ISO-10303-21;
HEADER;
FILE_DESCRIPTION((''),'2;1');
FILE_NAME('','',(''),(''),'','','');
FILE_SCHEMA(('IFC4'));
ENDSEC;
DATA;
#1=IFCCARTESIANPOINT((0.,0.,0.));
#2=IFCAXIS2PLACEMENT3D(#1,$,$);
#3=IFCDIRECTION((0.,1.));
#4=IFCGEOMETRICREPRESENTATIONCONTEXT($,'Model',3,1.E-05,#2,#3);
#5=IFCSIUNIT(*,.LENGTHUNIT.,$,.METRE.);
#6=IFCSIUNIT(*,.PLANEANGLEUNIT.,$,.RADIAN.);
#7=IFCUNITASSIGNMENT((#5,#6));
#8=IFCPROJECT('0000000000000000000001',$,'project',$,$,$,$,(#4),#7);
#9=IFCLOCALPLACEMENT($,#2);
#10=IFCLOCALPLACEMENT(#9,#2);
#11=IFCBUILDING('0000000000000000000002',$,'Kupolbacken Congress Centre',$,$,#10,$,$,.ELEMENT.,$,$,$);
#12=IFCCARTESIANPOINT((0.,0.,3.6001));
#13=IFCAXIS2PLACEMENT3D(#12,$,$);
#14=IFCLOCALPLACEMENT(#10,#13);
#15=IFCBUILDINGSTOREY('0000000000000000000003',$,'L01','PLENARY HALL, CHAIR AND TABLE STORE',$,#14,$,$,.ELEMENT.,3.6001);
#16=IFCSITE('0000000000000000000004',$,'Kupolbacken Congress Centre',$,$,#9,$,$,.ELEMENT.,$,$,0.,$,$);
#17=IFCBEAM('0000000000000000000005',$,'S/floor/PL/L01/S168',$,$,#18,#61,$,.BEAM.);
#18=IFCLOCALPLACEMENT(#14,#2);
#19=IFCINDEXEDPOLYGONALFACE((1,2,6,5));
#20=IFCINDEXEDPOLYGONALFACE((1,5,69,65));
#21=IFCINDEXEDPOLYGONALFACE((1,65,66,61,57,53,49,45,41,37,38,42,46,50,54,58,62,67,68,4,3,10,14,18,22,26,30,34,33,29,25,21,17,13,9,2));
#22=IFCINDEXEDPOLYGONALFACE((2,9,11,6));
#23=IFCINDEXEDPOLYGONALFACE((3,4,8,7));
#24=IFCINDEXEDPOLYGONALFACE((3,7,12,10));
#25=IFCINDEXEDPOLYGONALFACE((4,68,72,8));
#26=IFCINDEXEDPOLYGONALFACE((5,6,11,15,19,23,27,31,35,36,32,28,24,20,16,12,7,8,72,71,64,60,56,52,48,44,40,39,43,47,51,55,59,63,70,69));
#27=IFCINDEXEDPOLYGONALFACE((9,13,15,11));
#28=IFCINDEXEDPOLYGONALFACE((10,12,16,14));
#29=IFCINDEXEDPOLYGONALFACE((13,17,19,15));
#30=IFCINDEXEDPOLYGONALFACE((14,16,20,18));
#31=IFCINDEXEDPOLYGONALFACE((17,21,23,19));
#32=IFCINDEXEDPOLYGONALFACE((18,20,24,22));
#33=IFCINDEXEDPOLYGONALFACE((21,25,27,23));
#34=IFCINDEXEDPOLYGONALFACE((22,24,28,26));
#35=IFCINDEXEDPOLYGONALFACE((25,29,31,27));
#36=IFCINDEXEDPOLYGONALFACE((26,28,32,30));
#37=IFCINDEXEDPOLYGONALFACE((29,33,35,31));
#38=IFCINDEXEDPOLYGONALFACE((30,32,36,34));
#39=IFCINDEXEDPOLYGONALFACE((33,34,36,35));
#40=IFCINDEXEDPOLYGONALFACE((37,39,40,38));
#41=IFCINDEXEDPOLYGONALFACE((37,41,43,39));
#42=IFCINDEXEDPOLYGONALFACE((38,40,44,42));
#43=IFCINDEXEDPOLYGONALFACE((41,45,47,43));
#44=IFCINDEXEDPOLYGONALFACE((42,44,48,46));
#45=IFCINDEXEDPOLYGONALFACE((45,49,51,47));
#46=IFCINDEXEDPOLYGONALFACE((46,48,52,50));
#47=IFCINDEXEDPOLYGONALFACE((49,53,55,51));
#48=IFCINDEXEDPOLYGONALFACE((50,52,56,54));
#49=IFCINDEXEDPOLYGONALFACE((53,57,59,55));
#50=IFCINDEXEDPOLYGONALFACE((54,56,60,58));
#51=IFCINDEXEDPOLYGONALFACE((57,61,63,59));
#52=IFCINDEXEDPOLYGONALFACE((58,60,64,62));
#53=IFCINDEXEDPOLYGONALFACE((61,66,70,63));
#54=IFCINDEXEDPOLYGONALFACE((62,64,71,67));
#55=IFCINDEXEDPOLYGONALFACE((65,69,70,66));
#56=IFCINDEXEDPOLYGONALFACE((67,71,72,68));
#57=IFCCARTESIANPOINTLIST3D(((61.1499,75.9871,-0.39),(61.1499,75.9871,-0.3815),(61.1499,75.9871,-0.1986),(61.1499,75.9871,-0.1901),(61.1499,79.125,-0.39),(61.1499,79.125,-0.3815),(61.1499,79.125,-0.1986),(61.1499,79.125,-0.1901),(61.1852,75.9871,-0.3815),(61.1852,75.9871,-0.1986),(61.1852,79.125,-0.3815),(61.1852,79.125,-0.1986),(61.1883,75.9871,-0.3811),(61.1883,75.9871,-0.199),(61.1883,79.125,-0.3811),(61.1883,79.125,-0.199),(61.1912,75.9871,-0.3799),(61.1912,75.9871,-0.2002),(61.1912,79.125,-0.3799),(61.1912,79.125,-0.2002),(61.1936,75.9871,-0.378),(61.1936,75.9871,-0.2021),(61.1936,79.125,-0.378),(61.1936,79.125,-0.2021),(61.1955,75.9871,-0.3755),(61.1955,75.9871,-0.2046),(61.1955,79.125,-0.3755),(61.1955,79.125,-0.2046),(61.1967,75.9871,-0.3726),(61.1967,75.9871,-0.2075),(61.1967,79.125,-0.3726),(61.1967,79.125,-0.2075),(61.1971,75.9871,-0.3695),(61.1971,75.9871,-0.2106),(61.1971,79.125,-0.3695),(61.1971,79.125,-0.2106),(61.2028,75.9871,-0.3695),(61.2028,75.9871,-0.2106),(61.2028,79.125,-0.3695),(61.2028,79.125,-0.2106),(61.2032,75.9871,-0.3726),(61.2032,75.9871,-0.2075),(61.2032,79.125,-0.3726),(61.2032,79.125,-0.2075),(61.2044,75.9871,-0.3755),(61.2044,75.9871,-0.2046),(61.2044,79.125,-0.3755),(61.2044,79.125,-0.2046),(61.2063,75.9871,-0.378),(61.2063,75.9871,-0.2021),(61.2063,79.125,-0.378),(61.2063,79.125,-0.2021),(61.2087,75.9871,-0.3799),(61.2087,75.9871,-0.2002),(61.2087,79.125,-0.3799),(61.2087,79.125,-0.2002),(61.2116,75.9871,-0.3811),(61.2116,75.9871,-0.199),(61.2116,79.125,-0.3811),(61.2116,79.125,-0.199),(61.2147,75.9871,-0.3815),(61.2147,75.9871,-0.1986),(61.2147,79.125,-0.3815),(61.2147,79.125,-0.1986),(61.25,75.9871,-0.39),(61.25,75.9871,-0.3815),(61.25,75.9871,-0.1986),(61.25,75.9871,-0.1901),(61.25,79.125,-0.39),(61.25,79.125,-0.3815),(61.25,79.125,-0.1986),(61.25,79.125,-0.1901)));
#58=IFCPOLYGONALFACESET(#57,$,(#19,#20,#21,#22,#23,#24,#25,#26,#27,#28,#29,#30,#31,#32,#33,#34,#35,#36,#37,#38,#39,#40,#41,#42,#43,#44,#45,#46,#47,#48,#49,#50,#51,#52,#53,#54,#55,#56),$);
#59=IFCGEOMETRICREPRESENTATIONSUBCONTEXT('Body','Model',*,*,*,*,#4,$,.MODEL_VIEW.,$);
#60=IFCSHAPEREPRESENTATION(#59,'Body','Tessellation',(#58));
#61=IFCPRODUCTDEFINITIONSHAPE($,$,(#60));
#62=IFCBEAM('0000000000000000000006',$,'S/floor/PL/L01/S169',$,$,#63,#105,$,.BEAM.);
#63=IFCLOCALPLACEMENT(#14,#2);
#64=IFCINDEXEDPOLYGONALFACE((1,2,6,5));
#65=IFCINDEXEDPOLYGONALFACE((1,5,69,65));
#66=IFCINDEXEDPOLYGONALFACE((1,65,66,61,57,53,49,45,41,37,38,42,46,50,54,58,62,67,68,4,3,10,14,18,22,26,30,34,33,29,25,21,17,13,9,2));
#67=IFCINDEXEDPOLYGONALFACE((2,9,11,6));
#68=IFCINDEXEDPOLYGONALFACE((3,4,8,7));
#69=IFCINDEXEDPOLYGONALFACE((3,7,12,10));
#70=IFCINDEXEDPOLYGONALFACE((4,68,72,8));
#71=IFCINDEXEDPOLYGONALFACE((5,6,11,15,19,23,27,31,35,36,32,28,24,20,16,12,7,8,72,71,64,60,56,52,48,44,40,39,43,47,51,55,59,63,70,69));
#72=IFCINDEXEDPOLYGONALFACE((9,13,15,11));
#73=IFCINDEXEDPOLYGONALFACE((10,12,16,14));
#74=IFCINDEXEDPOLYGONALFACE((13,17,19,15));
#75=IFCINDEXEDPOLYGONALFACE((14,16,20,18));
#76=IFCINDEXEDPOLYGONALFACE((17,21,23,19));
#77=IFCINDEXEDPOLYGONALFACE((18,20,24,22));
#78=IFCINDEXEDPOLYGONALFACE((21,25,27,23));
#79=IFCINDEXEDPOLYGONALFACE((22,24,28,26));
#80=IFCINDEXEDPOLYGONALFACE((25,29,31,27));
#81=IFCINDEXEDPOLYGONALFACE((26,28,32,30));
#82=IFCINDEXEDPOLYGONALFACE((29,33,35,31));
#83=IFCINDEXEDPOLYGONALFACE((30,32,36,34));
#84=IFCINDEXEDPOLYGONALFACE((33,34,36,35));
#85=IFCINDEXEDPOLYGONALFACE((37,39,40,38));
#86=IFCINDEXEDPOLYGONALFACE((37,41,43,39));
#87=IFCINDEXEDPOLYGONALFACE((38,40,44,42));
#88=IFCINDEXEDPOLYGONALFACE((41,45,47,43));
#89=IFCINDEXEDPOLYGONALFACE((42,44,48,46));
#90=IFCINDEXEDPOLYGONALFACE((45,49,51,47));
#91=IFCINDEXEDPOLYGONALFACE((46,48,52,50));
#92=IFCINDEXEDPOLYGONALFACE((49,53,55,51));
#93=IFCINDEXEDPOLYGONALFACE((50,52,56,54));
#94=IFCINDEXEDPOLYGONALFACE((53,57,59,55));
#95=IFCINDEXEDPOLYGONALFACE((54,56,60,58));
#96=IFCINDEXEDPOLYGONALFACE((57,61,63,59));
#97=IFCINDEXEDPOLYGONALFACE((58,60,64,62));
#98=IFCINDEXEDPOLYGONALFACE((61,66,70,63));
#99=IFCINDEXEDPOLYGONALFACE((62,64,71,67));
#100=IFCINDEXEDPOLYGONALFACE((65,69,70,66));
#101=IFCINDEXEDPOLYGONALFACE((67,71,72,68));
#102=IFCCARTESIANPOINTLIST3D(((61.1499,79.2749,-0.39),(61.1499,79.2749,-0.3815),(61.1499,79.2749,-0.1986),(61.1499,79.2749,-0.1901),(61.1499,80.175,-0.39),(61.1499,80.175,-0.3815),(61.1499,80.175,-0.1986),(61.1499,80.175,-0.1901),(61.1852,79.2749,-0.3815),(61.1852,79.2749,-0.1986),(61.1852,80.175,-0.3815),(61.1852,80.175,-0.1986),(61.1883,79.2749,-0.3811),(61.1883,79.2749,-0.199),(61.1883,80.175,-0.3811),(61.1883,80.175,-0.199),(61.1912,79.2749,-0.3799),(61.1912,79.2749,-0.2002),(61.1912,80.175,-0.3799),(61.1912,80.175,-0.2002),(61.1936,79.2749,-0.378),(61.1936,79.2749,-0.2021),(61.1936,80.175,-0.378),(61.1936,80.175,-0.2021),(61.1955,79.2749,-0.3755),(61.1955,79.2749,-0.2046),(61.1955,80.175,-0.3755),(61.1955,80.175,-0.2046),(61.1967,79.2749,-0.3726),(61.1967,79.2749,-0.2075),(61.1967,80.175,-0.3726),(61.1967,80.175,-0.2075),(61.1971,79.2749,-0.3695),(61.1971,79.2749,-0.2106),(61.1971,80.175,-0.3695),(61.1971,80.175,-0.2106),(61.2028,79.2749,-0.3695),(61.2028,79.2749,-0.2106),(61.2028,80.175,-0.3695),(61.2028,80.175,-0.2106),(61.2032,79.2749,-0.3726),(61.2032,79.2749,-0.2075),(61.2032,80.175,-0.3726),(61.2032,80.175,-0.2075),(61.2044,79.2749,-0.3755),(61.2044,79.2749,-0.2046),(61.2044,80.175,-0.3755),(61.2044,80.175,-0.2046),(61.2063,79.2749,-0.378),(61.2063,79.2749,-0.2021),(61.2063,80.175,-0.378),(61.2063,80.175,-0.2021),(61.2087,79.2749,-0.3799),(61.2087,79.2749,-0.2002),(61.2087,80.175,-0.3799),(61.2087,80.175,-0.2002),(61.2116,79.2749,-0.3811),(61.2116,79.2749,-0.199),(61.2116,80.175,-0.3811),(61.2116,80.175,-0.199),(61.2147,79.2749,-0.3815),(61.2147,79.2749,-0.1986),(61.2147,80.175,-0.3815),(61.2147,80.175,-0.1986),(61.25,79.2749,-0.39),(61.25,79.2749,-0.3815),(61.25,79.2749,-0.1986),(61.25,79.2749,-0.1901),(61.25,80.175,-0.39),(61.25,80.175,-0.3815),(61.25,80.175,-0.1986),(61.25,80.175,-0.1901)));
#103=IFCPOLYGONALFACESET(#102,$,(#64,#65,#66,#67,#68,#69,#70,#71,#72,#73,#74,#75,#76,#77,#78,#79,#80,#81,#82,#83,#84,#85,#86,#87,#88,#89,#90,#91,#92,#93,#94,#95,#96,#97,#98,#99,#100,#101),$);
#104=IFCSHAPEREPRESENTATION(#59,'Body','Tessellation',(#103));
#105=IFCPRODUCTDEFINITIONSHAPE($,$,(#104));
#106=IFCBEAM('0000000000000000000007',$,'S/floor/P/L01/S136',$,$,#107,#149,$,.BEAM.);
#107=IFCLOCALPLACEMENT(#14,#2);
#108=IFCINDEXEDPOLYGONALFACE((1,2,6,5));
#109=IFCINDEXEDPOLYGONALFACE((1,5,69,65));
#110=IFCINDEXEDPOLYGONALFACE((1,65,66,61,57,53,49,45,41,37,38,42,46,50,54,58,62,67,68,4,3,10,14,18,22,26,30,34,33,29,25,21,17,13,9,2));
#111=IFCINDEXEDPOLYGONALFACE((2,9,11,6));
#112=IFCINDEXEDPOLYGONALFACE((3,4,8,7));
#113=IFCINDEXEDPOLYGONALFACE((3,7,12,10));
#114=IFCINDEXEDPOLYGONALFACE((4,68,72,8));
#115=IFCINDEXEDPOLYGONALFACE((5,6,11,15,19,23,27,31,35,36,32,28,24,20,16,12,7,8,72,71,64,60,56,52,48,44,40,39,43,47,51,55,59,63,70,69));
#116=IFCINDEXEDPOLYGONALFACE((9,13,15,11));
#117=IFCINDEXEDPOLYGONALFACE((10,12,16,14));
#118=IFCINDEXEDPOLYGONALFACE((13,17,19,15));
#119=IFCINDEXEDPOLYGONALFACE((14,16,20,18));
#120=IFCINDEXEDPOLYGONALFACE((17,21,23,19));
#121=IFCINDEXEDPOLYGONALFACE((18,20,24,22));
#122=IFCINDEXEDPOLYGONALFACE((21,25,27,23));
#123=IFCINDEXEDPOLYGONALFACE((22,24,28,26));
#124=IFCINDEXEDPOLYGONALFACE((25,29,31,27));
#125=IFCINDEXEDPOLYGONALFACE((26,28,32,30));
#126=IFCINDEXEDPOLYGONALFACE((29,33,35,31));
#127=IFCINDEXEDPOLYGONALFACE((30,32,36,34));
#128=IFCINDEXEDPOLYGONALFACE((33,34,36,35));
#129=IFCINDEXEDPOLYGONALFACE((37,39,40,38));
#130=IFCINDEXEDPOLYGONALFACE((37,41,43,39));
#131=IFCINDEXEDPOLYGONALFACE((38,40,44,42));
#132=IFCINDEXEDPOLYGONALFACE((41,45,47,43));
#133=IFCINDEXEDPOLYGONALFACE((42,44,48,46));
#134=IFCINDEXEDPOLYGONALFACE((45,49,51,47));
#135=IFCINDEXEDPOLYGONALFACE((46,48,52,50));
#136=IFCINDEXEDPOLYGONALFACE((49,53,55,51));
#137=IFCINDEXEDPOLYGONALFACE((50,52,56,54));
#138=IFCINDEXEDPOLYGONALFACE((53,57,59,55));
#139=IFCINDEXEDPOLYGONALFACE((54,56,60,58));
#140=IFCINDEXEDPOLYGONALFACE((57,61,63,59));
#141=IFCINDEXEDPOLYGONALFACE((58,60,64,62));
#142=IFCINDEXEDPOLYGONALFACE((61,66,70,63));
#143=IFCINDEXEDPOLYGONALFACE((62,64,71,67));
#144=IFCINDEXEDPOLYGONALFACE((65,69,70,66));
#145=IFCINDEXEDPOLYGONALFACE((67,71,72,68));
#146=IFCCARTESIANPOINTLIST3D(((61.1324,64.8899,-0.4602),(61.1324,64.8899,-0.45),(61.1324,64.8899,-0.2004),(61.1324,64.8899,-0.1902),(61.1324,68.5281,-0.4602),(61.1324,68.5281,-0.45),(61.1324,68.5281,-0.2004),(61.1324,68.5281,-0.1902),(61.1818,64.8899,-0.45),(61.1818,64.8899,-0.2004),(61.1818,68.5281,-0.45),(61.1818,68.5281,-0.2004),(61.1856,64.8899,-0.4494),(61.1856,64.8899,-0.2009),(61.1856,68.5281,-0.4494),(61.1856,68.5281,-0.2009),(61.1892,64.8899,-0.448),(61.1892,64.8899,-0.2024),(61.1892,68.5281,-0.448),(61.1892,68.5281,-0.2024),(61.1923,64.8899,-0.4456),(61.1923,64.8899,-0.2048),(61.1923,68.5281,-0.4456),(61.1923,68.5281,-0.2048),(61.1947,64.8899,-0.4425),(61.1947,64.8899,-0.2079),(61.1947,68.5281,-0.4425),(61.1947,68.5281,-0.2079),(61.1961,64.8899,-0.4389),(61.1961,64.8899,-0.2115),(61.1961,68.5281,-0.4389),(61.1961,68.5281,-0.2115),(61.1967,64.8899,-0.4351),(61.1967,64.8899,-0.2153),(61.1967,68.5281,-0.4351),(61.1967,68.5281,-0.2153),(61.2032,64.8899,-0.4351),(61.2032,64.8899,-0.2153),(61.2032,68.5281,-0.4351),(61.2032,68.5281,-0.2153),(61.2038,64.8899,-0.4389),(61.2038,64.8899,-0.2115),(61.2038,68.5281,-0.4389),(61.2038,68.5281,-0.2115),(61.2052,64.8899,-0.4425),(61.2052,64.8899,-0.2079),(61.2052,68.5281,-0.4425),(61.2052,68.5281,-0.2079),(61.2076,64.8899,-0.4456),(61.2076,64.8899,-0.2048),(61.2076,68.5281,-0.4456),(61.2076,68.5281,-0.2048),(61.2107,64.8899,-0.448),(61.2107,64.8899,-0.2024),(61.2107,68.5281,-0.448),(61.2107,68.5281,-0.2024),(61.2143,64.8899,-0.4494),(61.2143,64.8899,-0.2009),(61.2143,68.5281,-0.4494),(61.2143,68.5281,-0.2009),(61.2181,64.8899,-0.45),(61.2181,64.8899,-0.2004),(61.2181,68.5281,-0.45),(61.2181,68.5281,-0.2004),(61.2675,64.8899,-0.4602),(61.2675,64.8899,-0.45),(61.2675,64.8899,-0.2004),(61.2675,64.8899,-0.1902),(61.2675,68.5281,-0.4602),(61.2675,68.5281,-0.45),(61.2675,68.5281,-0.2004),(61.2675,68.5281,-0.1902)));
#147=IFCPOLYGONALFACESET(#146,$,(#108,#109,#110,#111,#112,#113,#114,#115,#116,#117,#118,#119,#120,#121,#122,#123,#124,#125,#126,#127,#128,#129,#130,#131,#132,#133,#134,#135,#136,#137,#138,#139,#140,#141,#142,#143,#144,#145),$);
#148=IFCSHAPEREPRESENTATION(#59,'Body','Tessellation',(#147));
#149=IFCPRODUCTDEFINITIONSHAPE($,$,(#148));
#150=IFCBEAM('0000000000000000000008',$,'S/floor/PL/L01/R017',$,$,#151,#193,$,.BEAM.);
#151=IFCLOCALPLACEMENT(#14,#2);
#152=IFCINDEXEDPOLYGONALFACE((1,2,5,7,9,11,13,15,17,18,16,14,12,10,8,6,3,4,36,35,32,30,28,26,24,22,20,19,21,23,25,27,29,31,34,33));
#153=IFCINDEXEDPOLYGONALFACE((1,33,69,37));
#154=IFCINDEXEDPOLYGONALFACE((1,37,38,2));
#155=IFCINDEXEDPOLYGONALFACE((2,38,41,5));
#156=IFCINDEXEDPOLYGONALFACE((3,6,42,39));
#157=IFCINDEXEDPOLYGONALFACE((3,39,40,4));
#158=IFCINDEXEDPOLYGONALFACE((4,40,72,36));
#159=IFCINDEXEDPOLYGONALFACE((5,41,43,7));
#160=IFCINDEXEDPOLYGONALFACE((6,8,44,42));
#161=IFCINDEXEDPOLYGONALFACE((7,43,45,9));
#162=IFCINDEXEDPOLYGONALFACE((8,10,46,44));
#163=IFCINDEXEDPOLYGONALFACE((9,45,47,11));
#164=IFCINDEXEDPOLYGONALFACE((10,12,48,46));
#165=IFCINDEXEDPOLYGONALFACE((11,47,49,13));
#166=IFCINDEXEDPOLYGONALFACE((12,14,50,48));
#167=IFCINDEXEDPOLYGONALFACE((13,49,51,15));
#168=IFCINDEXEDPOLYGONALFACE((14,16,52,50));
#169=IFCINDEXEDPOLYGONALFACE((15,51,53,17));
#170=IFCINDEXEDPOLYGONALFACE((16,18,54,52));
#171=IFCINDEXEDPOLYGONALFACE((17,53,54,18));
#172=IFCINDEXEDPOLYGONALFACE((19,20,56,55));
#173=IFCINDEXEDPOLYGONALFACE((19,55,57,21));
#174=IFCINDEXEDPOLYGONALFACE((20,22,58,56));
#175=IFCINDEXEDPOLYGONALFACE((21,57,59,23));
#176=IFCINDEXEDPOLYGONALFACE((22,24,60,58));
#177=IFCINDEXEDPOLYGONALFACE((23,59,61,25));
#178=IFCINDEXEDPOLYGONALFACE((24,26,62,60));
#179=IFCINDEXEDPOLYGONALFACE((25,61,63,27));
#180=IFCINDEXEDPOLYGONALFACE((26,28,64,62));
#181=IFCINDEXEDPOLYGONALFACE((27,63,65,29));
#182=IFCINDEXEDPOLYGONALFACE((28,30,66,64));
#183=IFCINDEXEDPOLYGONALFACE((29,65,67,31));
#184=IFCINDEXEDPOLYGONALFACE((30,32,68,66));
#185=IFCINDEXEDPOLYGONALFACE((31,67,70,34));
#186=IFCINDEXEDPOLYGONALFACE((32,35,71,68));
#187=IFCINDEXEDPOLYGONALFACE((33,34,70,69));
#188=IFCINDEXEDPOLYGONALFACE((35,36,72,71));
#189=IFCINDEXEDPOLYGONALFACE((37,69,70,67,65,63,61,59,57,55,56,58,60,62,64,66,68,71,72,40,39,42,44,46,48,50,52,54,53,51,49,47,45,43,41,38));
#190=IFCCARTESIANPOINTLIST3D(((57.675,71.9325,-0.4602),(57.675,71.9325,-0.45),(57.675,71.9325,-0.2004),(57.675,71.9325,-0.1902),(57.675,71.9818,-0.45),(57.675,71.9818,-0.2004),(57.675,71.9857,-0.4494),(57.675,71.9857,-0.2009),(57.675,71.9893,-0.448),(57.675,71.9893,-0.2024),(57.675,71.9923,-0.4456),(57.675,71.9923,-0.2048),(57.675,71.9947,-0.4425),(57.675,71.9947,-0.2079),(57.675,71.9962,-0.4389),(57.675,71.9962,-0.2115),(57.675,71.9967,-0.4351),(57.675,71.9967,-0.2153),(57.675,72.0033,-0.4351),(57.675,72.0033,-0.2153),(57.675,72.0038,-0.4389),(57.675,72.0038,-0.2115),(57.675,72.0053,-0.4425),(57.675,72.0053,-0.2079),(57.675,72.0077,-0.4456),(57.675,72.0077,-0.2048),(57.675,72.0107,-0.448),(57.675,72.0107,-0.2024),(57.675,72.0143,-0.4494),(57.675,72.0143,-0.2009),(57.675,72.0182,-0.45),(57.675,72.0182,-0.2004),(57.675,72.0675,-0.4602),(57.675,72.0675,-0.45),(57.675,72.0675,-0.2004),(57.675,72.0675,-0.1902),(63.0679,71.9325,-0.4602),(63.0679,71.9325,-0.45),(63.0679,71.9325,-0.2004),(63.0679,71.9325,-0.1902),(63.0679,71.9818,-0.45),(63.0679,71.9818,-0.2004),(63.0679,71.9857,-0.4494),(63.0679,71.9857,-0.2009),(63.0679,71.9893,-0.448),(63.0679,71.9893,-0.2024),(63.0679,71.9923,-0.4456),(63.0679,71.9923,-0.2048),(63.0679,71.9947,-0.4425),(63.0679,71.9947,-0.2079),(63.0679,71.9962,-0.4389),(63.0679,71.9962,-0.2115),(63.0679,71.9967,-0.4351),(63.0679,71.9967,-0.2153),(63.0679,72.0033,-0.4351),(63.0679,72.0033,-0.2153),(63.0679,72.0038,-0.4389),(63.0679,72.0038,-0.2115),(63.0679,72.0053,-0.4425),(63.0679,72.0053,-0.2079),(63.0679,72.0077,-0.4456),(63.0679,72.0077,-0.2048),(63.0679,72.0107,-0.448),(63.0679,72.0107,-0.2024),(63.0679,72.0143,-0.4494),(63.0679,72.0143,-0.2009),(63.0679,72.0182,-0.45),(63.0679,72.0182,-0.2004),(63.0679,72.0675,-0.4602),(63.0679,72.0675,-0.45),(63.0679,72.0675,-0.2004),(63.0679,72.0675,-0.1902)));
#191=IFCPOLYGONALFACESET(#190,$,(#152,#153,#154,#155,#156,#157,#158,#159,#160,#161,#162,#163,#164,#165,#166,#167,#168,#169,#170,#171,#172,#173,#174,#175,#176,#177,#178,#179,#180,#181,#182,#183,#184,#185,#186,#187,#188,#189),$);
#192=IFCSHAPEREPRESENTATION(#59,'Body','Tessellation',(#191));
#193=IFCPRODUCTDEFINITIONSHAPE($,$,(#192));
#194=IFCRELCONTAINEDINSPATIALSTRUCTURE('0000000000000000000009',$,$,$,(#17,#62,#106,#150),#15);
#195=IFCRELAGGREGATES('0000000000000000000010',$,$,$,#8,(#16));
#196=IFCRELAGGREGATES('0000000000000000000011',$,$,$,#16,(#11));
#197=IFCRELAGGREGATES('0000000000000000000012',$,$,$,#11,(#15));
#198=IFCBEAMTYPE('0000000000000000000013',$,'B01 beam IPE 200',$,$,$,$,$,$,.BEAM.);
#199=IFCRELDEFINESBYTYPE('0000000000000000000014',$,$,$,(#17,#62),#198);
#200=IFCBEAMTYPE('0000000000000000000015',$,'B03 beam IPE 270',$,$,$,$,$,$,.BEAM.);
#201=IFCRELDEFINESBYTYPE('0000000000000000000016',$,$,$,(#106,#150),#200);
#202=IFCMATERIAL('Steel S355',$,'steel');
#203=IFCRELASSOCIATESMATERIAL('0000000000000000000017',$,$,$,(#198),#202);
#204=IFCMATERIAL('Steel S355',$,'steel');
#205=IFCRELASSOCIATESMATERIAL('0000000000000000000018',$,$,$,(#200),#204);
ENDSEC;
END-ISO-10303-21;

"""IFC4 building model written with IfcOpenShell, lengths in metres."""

from ifc_helpers import new_model, si_unit, direction, frame, origin, origin_2d, place, context, subcontext, project, spatial, i_section, extrude, material, material_profile, profile_set, type_object, element, save


model = new_model("IFC4")

# Units and contexts
model_context = context("Model", 3, precision=1e-05, world=origin(), true_north=direction((0.0, 1.0)))
body_context = subcontext(model_context, "Body", "Model", "MODEL_VIEW")
ifc_project = project(units=[si_unit("LENGTHUNIT", "METRE"), si_unit("PLANEANGLEUNIT", "RADIAN")], contexts=[model_context])

# Site, building, storey
site_placement = place(None, origin())
site = spatial("IfcSite", under=ifc_project, at=site_placement, Name="Kupolbacken Congress Centre", CompositionType="ELEMENT", RefElevation=0.0)
building_placement = place(site_placement, origin())
building = spatial("IfcBuilding", under=site, at=building_placement, Name="Kupolbacken Congress Centre", CompositionType="ELEMENT")
storey_placement = place(building_placement, frame((0.0, 0.0, 3.6001)))
storey = spatial("IfcBuildingStorey", under=building, at=storey_placement, Name="L01", Description="PLENARY HALL, CHAIR AND TABLE STORE", CompositionType="ELEMENT", Elevation=3.6001)

# Beams
ifc_material_1 = material(Name="Steel S355", Category="steel")
ifc_material_profile_1 = material_profile(ifc_material_1, i_section(OverallWidth=0.1001, OverallDepth=0.2, WebThickness=0.0056, FlangeThickness=0.0085, FilletRadius=0.012, at=origin_2d()), Name="IPE 200")
ifc_profile_set_1 = profile_set([ifc_material_profile_1], Name="Steel S355")
beam_type_1 = type_object("IfcBeamType", Name="B01 beam IPE 200", PredefinedType="BEAM", material=ifc_profile_set_1)
beam_1_placement = place(storey_placement, frame((61.2, 75.9871, -0.29), z_axis=(0.0, 1.0, 0.0), x_axis=(-1.0, 0.0, 0.0)))
element("IfcBeam", 1, at=beam_1_placement, inside=storey, type_object=beam_type_1, Name="S/floor/PL/L01/S168", PredefinedType="BEAM", context=body_context, shape_type="SweptSolid", body=[
    extrude(i_section(OverallWidth=0.1001, OverallDepth=0.2, WebThickness=0.0056, FlangeThickness=0.0085, FilletRadius=0.012, at=origin_2d()), origin(), (0.0, 0.0, 1.0), 3.1379),
])
beam_2_placement = place(storey_placement, frame((61.2, 79.2749, -0.29), z_axis=(0.0, 1.0, 0.0), x_axis=(-1.0, 0.0, 0.0)))
element("IfcBeam", 2, at=beam_2_placement, inside=storey, type_object=beam_type_1, Name="S/floor/PL/L01/S169", PredefinedType="BEAM", context=body_context, shape_type="SweptSolid", body=[
    extrude(i_section(OverallWidth=0.1001, OverallDepth=0.2, WebThickness=0.0056, FlangeThickness=0.0085, FilletRadius=0.012, at=origin_2d()), origin(), (0.0, 0.0, 1.0), 0.9001),
])
ifc_material_2 = material(Name="Steel S355", Category="steel")
ifc_material_profile_2 = material_profile(ifc_material_2, i_section(OverallWidth=0.135, OverallDepth=0.27, WebThickness=0.0066, FlangeThickness=0.0103, FilletRadius=0.0149, at=origin_2d()), Name="IPE 270")
ifc_profile_set_2 = profile_set([ifc_material_profile_2], Name="Steel S355")
beam_type_2 = type_object("IfcBeamType", Name="B03 beam IPE 270", PredefinedType="BEAM", material=ifc_profile_set_2)
beam_3_placement = place(storey_placement, frame((61.2, 64.8899, -0.3252), z_axis=(0.0, 1.0, 0.0), x_axis=(-1.0, 0.0, 0.0)))
element("IfcBeam", 3, at=beam_3_placement, inside=storey, type_object=beam_type_2, Name="S/floor/P/L01/S136", PredefinedType="BEAM", context=body_context, shape_type="SweptSolid", body=[
    extrude(i_section(OverallWidth=0.135, OverallDepth=0.27, WebThickness=0.0066, FlangeThickness=0.0103, FilletRadius=0.0149, at=origin_2d()), origin(), (0.0, 0.0, 1.0), 3.6382),
])
beam_4_placement = place(storey_placement, frame((57.675, 72.0, -0.3252), z_axis=(1.0, 0.0, 0.0), x_axis=(0.0, 1.0, 0.0)))
element("IfcBeam", 4, at=beam_4_placement, inside=storey, type_object=beam_type_2, Name="S/floor/PL/L01/R017", PredefinedType="BEAM", context=body_context, shape_type="SweptSolid", body=[
    extrude(i_section(OverallWidth=0.135, OverallDepth=0.27, WebThickness=0.0066, FlangeThickness=0.0103, FilletRadius=0.0149, at=origin_2d()), origin(), (0.0, 0.0, 1.0), 5.3928),
])

save(model, "model.ifc")
